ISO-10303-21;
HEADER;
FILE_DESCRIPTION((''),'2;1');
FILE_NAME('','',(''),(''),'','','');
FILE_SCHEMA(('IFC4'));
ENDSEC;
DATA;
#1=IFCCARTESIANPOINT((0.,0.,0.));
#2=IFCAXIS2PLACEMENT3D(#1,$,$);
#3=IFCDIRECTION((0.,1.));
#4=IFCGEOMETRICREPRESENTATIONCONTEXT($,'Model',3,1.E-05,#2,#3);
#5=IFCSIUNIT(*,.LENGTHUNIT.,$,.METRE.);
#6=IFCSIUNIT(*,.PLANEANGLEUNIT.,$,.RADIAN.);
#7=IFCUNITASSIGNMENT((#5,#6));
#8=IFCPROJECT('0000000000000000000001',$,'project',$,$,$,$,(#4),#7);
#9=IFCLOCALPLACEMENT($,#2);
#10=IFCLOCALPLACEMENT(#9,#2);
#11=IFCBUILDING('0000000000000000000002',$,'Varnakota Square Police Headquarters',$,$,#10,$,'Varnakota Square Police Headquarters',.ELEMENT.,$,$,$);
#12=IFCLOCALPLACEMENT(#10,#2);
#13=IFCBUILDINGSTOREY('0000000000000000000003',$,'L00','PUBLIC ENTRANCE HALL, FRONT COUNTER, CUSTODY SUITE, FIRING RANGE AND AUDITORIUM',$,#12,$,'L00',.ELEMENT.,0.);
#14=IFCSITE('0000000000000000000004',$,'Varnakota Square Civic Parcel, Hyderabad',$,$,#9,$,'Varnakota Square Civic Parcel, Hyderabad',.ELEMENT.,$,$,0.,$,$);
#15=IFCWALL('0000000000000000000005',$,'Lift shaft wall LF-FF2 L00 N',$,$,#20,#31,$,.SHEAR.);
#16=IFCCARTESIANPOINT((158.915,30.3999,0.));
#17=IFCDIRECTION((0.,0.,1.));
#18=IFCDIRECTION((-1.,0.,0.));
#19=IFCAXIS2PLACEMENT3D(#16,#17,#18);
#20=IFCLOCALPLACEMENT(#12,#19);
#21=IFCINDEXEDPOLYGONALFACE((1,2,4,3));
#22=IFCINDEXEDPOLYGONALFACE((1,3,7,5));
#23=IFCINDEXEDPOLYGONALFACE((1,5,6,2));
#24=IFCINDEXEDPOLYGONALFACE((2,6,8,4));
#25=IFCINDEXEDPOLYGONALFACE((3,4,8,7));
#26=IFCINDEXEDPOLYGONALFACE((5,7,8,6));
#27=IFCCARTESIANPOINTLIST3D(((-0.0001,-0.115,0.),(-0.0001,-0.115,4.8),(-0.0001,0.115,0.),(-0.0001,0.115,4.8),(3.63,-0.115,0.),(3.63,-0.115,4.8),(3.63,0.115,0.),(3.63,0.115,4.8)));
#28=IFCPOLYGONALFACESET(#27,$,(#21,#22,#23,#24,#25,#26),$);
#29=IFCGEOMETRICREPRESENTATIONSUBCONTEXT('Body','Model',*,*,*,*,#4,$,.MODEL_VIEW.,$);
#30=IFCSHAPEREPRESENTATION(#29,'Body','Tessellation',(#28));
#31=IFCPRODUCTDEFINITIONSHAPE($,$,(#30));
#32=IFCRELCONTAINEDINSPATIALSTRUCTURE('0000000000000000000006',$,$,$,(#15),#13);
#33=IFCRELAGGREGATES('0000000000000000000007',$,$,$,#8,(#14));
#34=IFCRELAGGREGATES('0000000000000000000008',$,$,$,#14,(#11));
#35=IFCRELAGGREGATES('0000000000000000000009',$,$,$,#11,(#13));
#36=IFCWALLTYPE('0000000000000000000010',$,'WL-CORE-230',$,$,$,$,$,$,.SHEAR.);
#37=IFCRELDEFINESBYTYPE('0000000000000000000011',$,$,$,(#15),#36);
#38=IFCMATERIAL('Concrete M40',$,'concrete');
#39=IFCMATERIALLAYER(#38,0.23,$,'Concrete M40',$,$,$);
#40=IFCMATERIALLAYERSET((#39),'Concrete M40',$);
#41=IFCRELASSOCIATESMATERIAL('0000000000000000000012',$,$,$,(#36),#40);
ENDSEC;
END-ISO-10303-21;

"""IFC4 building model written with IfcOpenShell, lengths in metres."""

from ifc_helpers import new_model, si_unit, direction, frame, frame_2d, origin, place, context, subcontext, project, spatial, rectangle, extrude, material, layer, layer_set, type_object, element, save


model = new_model("IFC4")

# Units and contexts
model_context = context("Model", 3, precision=1e-05, world=origin(), true_north=direction((0.0, 1.0)))
body_context = subcontext(model_context, "Body", "Model", "MODEL_VIEW")
ifc_project = project(units=[si_unit("LENGTHUNIT", "METRE"), si_unit("PLANEANGLEUNIT", "RADIAN")], contexts=[model_context])

# Site, building, storey
site_placement = place(None, origin())
site = spatial("IfcSite", under=ifc_project, at=site_placement, Name="Varnakota Square Civic Parcel, Hyderabad", LongName="Varnakota Square Civic Parcel, Hyderabad", CompositionType="ELEMENT", RefElevation=0.0)
building_placement = place(site_placement, origin())
building = spatial("IfcBuilding", under=site, at=building_placement, Name="Varnakota Square Police Headquarters", LongName="Varnakota Square Police Headquarters", CompositionType="ELEMENT")
storey_placement = place(building_placement, origin())
storey = spatial("IfcBuildingStorey", under=building, at=storey_placement, Name="L00", Description="PUBLIC ENTRANCE HALL, FRONT COUNTER, CUSTODY SUITE, FIRING RANGE AND AUDITORIUM", LongName="L00", CompositionType="ELEMENT", Elevation=0.0)

# Wall
ifc_material_1 = material(Name="Concrete M40", Category="concrete")
ifc_layer_1 = layer(ifc_material_1, 0.23, Name="Concrete M40")
ifc_layer_set_1 = layer_set([ifc_layer_1], Name="Concrete M40")
wall_type_1 = type_object("IfcWallType", Name="WL-CORE-230", PredefinedType="SHEAR", material=ifc_layer_set_1)
wall_1_placement = place(storey_placement, frame((158.915, 30.3999, 0.0), z_axis=(0.0, 0.0, 1.0), x_axis=(-1.0, 0.0, 0.0)))
element("IfcWall", 1, at=wall_1_placement, inside=storey, type_object=wall_type_1, Name="Lift shaft wall LF-FF2 L00 N", PredefinedType="SHEAR", context=body_context, shape_type="SweptSolid", body=[
    extrude(rectangle(XDim=3.6301, YDim=0.23, at=frame_2d((1.8149, 0.0))), origin(), (0.0, 0.0, 1.0), 4.8),
])

save(model, "model.ifc")
